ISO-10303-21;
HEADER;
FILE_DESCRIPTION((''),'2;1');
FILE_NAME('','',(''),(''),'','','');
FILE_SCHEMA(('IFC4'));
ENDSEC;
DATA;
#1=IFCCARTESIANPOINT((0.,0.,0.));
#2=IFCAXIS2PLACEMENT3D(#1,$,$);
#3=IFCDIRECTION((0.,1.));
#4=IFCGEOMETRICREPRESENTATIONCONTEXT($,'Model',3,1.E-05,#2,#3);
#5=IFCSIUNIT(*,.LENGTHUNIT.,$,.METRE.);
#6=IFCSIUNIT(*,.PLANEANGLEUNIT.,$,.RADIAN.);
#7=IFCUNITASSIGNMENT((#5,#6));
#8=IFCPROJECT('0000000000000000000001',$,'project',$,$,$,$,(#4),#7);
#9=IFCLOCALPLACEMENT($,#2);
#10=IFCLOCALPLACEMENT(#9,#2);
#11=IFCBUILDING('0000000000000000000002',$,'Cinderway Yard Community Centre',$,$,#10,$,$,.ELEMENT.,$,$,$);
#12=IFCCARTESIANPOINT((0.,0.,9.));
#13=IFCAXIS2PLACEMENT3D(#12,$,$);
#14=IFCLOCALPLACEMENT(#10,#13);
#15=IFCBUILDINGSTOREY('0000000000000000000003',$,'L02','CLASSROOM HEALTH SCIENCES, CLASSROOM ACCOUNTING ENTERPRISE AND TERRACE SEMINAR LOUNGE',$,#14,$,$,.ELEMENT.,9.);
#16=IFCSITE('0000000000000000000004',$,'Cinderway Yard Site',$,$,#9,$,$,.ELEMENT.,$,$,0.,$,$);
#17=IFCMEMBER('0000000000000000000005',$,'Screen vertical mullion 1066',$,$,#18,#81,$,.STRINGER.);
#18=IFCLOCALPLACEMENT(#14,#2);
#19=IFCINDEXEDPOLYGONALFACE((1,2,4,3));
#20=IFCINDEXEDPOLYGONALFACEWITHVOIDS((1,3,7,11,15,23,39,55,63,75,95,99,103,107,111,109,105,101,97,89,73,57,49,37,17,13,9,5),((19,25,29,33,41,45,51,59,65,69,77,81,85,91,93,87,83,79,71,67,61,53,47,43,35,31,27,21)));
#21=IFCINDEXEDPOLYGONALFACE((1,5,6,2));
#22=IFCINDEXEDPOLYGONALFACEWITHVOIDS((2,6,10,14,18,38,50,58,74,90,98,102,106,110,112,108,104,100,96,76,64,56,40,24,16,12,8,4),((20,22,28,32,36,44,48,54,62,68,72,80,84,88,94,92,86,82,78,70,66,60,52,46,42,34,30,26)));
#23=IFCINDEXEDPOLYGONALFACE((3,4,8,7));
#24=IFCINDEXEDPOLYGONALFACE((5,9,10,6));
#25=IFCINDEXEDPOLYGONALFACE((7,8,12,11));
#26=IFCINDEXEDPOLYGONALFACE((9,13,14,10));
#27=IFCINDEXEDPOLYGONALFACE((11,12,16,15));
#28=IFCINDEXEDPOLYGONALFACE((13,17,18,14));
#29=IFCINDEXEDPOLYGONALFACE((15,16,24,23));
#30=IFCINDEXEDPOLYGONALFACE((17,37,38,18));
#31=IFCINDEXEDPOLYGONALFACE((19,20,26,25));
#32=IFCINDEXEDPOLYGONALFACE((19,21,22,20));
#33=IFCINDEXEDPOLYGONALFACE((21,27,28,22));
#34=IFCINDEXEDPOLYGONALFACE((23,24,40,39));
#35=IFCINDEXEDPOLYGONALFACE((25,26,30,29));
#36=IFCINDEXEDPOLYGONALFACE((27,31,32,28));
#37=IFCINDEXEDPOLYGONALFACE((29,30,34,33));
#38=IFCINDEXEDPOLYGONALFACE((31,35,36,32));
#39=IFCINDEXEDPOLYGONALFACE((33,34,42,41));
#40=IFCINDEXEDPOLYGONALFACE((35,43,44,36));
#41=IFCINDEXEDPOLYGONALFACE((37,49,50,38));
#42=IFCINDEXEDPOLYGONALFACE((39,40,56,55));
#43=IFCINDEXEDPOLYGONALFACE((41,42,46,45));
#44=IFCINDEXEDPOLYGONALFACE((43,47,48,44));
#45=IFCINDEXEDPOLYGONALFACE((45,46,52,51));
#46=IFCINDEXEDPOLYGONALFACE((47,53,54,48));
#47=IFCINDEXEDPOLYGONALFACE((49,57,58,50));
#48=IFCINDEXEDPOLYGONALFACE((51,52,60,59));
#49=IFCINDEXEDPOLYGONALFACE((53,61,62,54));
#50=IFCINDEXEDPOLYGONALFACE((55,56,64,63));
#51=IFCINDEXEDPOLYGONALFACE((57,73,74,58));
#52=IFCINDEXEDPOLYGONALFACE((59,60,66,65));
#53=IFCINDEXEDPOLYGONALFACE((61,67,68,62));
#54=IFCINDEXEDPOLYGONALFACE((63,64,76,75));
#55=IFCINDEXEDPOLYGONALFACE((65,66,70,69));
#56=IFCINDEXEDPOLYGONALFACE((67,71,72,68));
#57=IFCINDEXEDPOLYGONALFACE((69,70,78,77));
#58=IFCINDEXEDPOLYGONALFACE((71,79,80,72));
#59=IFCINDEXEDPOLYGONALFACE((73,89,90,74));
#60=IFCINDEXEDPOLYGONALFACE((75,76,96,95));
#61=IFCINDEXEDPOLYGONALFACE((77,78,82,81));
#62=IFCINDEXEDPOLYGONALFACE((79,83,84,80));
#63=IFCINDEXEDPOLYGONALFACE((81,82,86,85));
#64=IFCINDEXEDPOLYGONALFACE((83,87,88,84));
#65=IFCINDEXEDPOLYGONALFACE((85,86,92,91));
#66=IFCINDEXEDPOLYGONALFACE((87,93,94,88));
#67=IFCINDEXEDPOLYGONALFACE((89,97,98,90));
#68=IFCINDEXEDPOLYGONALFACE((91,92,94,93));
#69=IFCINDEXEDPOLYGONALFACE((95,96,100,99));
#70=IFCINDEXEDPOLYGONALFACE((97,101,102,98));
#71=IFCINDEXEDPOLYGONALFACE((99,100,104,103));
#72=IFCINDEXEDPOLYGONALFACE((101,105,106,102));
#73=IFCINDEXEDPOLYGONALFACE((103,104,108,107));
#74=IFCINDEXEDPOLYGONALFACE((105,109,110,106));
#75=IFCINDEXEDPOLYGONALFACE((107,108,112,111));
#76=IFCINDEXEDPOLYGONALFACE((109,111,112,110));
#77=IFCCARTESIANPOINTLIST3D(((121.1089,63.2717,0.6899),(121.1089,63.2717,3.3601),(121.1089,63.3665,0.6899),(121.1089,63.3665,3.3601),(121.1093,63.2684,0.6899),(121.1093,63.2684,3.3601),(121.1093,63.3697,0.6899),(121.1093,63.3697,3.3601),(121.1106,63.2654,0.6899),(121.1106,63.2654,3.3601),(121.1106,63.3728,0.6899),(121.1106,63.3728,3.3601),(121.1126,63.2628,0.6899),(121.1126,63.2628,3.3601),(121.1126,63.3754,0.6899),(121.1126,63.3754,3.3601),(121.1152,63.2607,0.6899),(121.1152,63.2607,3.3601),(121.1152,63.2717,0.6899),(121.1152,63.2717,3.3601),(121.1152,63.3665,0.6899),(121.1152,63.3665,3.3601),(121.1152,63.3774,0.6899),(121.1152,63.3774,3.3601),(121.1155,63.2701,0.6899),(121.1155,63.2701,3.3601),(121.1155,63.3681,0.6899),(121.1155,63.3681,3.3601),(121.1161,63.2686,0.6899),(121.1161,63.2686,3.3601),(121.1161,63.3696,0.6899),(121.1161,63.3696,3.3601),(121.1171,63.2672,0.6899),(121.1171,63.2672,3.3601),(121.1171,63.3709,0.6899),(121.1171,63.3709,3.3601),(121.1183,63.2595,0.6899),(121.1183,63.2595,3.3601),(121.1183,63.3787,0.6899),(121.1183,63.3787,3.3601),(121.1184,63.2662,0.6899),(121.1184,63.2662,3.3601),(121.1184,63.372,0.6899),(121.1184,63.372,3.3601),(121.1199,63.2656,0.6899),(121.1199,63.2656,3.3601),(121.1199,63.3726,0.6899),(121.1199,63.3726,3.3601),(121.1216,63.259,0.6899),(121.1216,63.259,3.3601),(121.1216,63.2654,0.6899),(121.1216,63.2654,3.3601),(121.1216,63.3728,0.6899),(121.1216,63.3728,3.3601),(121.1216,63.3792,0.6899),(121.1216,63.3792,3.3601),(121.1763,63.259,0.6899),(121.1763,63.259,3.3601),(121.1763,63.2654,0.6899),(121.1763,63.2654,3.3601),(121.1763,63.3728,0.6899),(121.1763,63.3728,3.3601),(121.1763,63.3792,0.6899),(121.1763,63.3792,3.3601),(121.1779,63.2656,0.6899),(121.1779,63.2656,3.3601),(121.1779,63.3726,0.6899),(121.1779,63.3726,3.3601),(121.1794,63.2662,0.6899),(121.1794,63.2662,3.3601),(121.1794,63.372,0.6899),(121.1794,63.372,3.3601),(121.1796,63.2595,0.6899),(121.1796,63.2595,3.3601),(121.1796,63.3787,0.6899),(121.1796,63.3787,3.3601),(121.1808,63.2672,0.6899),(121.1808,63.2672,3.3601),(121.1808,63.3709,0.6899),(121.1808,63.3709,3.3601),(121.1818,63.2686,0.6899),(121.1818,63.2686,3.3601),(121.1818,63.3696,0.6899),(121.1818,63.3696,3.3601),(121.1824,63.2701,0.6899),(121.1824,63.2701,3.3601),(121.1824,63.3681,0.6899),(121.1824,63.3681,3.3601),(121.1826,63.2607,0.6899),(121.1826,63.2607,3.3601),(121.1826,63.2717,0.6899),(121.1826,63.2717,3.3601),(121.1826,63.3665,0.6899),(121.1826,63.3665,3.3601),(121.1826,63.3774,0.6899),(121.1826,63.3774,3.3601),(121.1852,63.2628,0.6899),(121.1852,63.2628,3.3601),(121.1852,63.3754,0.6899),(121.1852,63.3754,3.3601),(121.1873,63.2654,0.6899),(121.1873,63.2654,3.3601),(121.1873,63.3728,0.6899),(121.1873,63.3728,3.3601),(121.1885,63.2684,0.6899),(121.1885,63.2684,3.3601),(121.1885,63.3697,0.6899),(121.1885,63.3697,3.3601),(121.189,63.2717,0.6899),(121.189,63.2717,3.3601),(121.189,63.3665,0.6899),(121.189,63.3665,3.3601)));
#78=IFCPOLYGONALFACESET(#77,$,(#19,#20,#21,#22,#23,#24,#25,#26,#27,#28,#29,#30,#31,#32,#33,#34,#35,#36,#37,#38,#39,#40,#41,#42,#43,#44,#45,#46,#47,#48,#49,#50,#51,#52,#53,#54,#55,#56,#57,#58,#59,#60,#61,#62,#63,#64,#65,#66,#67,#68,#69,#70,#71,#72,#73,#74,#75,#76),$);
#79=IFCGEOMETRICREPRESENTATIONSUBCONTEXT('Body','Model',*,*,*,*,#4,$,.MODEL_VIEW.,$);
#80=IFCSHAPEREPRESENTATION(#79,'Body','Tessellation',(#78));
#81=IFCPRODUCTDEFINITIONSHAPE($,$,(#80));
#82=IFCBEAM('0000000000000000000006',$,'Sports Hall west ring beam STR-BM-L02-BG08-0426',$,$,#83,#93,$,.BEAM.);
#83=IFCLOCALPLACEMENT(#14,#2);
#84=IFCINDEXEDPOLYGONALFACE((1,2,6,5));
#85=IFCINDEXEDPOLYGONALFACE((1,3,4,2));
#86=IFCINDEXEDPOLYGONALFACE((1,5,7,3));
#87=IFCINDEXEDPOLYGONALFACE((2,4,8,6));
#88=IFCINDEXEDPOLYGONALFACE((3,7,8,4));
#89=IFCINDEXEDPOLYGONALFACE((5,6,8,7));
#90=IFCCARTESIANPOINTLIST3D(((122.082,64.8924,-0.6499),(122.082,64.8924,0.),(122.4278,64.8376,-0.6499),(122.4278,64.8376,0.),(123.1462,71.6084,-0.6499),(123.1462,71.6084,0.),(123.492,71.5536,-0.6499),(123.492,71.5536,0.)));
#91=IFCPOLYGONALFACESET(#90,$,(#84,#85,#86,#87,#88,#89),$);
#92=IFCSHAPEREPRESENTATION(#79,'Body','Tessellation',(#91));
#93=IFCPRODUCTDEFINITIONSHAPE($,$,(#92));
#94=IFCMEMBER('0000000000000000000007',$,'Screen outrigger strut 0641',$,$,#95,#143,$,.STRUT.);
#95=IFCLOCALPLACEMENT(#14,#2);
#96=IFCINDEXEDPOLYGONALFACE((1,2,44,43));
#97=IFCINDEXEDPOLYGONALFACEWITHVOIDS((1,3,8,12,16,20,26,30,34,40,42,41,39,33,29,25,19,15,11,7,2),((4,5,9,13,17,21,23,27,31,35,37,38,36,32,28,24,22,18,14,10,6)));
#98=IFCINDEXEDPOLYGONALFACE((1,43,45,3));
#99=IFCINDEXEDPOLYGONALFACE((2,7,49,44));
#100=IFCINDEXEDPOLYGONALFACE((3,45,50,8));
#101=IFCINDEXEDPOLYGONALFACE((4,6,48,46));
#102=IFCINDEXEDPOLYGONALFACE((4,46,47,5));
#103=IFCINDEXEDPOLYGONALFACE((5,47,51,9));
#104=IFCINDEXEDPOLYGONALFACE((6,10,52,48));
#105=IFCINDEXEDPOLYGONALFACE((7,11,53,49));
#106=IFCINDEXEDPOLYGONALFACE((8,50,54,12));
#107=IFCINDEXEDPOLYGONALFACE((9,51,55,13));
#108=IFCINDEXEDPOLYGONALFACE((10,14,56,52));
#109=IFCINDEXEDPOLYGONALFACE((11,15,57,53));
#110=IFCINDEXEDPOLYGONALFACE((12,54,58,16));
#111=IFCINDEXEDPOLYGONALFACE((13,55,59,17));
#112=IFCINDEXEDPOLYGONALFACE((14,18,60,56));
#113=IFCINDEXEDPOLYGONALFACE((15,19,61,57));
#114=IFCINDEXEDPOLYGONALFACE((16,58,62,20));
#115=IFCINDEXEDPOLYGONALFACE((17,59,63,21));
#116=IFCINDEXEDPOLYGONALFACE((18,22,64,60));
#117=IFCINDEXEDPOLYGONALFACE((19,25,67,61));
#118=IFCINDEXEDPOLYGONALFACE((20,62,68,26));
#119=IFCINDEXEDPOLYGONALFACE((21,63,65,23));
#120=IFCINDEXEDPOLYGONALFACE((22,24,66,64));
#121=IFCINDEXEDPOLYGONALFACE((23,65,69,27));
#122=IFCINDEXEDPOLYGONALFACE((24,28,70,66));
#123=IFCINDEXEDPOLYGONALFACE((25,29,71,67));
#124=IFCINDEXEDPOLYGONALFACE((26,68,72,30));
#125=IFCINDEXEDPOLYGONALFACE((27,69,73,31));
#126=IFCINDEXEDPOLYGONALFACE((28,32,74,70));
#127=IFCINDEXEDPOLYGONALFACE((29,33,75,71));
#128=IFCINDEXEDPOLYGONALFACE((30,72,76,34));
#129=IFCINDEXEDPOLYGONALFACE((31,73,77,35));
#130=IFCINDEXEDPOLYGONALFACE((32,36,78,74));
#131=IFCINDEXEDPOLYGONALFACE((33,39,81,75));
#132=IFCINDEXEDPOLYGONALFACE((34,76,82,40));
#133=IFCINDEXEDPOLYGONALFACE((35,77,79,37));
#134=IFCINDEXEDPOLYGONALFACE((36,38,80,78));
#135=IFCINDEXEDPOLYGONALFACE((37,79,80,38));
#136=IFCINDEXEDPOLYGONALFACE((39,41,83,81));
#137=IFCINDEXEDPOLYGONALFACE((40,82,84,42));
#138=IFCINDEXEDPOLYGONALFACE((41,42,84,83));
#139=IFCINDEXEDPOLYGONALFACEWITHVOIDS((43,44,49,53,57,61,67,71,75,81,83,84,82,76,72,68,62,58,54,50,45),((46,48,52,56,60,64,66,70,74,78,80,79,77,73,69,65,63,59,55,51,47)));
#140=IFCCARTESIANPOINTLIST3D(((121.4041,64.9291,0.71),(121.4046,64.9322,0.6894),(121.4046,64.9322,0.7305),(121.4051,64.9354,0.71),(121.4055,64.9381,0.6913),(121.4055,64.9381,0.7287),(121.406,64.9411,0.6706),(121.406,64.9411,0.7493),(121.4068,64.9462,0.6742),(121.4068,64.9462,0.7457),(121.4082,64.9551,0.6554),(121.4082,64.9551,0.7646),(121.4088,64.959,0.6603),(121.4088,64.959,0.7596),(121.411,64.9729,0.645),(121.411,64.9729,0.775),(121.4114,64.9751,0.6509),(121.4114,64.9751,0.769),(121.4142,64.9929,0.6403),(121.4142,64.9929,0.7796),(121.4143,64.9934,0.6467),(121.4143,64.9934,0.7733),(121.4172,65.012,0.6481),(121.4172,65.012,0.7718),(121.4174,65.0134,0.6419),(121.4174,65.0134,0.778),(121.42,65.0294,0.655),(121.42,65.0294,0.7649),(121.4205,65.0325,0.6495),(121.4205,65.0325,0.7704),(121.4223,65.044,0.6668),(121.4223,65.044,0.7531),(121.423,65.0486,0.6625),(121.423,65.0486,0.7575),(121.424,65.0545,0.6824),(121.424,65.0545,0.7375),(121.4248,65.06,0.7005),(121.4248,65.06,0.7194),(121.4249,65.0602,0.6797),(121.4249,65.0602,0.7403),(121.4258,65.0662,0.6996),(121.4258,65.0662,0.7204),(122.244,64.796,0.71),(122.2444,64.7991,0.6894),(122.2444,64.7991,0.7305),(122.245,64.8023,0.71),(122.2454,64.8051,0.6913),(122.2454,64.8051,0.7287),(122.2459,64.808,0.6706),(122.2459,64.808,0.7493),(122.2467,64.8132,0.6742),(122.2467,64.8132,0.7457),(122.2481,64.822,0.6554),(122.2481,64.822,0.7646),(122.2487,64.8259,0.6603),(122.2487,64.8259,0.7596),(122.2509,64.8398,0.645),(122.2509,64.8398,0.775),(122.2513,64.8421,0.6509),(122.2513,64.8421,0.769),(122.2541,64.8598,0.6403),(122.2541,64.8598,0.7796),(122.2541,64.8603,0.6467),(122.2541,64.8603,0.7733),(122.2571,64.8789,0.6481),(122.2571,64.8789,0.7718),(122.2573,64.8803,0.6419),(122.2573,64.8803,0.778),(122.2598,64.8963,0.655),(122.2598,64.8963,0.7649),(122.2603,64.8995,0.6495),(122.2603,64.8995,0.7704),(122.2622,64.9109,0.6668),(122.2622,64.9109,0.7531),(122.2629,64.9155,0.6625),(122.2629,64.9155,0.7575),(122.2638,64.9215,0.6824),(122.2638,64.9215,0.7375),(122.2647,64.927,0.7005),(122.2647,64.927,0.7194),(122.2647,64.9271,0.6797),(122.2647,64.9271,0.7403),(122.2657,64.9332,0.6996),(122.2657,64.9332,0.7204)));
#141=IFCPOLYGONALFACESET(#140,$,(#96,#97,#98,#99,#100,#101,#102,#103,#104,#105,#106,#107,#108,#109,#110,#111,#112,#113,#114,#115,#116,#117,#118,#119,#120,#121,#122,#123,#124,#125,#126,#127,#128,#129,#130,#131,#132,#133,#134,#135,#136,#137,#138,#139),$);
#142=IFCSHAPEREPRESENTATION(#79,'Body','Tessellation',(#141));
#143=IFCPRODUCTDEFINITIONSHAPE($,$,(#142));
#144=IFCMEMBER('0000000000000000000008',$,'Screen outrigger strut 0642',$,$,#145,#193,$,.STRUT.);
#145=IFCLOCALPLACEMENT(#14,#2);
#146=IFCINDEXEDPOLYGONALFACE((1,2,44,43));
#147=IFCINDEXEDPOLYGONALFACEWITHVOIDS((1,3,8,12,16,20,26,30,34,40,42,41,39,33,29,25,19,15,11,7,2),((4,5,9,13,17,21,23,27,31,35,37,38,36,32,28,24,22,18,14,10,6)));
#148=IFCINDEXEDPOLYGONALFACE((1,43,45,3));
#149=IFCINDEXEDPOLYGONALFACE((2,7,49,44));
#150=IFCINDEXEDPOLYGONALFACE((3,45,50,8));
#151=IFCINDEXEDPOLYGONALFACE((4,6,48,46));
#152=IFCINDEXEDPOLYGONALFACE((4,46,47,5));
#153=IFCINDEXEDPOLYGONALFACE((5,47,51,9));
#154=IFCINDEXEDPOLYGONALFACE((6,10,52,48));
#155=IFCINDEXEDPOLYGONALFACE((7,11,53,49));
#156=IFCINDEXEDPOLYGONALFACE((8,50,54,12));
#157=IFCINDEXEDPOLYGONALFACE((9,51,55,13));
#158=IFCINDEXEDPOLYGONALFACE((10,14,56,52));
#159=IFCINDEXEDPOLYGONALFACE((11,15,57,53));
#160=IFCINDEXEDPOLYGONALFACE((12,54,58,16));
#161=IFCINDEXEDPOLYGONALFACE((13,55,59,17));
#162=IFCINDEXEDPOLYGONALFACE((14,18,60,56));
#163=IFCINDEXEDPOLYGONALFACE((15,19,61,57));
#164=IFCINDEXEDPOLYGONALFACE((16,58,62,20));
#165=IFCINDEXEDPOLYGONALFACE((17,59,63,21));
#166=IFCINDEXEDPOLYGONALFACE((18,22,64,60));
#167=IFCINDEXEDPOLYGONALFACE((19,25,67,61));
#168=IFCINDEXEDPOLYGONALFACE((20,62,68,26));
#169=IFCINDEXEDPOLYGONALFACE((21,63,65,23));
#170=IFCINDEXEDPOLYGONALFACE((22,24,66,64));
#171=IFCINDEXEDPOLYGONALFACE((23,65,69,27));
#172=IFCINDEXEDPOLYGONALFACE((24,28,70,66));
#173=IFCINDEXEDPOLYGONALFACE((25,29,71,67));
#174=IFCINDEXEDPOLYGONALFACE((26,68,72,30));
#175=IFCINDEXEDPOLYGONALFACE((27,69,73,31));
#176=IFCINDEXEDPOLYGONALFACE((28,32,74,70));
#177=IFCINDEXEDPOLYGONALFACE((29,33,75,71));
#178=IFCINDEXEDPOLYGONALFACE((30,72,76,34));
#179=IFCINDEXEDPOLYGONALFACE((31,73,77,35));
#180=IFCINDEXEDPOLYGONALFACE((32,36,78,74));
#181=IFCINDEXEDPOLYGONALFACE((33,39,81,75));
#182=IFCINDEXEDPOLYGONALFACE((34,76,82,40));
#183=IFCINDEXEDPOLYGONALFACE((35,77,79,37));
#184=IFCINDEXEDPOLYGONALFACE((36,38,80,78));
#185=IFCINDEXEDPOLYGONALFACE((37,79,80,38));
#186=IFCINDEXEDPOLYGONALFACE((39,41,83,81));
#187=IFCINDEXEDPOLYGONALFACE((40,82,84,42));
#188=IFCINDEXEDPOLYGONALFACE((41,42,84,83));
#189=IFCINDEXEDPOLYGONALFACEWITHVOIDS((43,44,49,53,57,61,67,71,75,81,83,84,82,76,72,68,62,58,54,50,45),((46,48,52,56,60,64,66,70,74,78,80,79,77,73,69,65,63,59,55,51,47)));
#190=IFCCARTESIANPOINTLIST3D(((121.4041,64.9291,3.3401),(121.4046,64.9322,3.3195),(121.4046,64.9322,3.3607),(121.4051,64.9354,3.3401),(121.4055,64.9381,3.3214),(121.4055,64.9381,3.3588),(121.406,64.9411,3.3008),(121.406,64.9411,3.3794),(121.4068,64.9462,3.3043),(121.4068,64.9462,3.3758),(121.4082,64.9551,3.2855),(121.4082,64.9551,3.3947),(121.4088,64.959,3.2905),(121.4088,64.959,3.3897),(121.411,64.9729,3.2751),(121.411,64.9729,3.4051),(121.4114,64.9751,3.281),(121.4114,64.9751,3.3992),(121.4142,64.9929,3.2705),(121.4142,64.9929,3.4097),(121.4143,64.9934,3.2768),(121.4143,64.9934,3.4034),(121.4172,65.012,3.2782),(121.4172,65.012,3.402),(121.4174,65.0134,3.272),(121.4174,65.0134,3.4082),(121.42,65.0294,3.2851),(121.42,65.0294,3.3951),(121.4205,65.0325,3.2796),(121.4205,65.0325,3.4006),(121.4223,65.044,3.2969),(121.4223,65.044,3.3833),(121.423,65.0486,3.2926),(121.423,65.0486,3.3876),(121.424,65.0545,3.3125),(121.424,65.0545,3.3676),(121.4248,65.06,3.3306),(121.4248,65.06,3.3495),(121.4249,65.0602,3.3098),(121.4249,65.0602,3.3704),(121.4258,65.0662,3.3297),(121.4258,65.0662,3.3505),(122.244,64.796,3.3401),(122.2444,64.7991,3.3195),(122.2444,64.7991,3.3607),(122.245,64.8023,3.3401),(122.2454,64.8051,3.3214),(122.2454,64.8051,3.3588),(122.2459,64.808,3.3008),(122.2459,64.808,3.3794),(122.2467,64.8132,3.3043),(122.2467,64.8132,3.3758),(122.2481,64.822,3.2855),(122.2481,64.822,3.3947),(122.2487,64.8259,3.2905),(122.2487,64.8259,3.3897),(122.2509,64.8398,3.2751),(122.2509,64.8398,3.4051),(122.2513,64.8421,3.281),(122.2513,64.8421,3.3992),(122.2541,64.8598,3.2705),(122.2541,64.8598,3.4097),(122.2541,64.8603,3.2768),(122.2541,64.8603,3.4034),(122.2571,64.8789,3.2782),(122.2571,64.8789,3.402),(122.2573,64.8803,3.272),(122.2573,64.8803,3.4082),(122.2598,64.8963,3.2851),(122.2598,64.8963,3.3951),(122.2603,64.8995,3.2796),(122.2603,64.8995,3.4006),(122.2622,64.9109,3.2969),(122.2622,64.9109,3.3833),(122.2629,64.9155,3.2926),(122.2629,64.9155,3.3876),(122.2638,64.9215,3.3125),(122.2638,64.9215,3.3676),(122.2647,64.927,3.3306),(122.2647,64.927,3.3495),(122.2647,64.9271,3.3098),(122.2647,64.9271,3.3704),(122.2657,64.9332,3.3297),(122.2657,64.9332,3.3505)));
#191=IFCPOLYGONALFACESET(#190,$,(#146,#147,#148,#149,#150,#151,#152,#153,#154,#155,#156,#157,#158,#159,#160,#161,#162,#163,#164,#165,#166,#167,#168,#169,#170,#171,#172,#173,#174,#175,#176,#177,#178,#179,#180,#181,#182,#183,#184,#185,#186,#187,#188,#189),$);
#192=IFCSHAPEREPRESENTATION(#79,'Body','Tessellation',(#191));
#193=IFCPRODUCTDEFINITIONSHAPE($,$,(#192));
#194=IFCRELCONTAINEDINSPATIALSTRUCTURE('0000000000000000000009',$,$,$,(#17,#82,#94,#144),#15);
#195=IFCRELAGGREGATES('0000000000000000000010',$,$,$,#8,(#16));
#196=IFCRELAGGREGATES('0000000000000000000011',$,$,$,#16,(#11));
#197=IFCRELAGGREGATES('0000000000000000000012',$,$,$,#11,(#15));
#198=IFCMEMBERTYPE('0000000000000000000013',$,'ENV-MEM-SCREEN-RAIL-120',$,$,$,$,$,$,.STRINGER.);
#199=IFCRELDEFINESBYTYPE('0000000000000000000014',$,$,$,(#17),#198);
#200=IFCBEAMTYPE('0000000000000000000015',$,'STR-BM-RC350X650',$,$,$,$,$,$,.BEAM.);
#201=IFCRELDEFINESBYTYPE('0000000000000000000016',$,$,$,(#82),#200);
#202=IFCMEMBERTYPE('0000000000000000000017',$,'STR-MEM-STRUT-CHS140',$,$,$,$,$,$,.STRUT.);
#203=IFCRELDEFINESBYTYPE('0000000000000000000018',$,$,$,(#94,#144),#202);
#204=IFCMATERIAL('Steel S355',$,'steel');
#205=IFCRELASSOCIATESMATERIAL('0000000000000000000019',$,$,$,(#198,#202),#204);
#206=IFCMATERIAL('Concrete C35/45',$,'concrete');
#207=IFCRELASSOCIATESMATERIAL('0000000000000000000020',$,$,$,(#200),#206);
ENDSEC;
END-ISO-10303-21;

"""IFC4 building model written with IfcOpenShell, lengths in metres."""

from ifc_helpers import new_model, si_unit, direction, frame, origin, origin_2d, place, context, subcontext, project, spatial, rectangle, hollow_rectangle, hollow_circle, extrude, material, material_profile, profile_set, type_object, element, save


model = new_model("IFC4")

# Units and contexts
model_context = context("Model", 3, precision=1e-05, world=origin(), true_north=direction((0.0, 1.0)))
body_context = subcontext(model_context, "Body", "Model", "MODEL_VIEW")
ifc_project = project(units=[si_unit("LENGTHUNIT", "METRE"), si_unit("PLANEANGLEUNIT", "RADIAN")], contexts=[model_context])

# Site, building, storey
site_placement = place(None, origin())
site = spatial("IfcSite", under=ifc_project, at=site_placement, Name="Cinderway Yard Site", CompositionType="ELEMENT", RefElevation=0.0)
building_placement = place(site_placement, origin())
building = spatial("IfcBuilding", under=site, at=building_placement, Name="Cinderway Yard Community Centre", CompositionType="ELEMENT")
storey_placement = place(building_placement, frame((0.0, 0.0, 9.0)))
storey = spatial("IfcBuildingStorey", under=building, at=storey_placement, Name="L02", Description="CLASSROOM HEALTH SCIENCES, CLASSROOM ACCOUNTING ENTERPRISE AND TERRACE SEMINAR LOUNGE", CompositionType="ELEMENT", Elevation=9.0)

# Member
ifc_material_1 = material(Name="Steel S355", Category="steel")
ifc_material_profile_1 = material_profile(ifc_material_1, hollow_rectangle(XDim=0.0801, YDim=0.1201, WallThickness=0.0063, InnerFilletRadius=0.0063, OuterFilletRadius=0.0127, at=origin_2d()), Name="Steel S355")
ifc_profile_set_1 = profile_set([ifc_material_profile_1], Name="Steel S355")
member_type_1 = type_object("IfcMemberType", Name="ENV-MEM-SCREEN-RAIL-120", PredefinedType="STRINGER", material=ifc_profile_set_1)
for number, where, z_axis, x_axis, name in (
    (1, (121.1489, 63.3191, 0.6899), (0.0, 0.0, 1.0), (1.0, 0.0, 0.0), "Screen vertical mullion 1066"),
):
    element("IfcMember", number, at=place(storey_placement, frame(where, z_axis=z_axis, x_axis=x_axis)), inside=storey, type_object=member_type_1, Name=name, PredefinedType="STRINGER", context=body_context, shape_type="SweptSolid", body=[
        extrude(hollow_rectangle(XDim=0.0801, YDim=0.1201, WallThickness=0.0063, InnerFilletRadius=0.0063, OuterFilletRadius=0.0127, at=origin_2d()), origin(), (0.0, 0.0, 1.0), 2.6702),
    ])

# Beam
ifc_material_2 = material(Name="Concrete C35/45", Category="concrete")
ifc_material_profile_2 = material_profile(ifc_material_2, rectangle(XDim=0.3501, YDim=0.6499, at=origin_2d()), Name="Concrete C35/45")
ifc_profile_set_2 = profile_set([ifc_material_profile_2], Name="Concrete C35/45")
beam_type = type_object("IfcBeamType", Name="STR-BM-RC350X650", PredefinedType="BEAM", material=ifc_profile_set_2)
beam_placement = place(storey_placement, frame((122.2549, 64.865, -0.325), z_axis=(0.156505, 0.987677, 0.0), x_axis=(-0.987677, 0.156505, 0.0)))
element("IfcBeam", 2, at=beam_placement, inside=storey, type_object=beam_type, Name="Sports Hall west ring beam STR-BM-L02-BG08-0426", PredefinedType="BEAM", context=body_context, shape_type="SweptSolid", body=[
    extrude(rectangle(XDim=0.3501, YDim=0.6499, at=origin_2d()), origin(), (0.0, 0.0, 1.0), 6.7998),
])

# Members
ifc_material_profile_3 = material_profile(ifc_material_1, hollow_circle(Radius=0.0698, WallThickness=0.0063, at=origin_2d()), Name="Steel S355")
ifc_profile_set_3 = profile_set([ifc_material_profile_3], Name="Steel S355")
member_type_2 = type_object("IfcMemberType", Name="STR-MEM-STRUT-CHS140", PredefinedType="STRUT", material=ifc_profile_set_3)
for number, where, z_axis, x_axis, name in (
    (3, (122.2549, 64.865, 0.71), (-0.987681, 0.156479, 0.0), (-0.156479, -0.987681, 0.0), "Screen outrigger strut 0641"),
    (4, (122.2549, 64.865, 3.3401), (-0.987681, 0.156479, 0.0), (-0.156479, -0.987681, 0.0), "Screen outrigger strut 0642"),
):
    element("IfcMember", number, at=place(storey_placement, frame(where, z_axis=z_axis, x_axis=x_axis)), inside=storey, type_object=member_type_2, Name=name, PredefinedType="STRUT", context=body_context, shape_type="SweptSolid", body=[
        extrude(hollow_circle(Radius=0.0698, WallThickness=0.0063, at=origin_2d()), origin(), (0.0, 0.0, 1.0), 0.8503),
    ])

save(model, "model.ifc")
